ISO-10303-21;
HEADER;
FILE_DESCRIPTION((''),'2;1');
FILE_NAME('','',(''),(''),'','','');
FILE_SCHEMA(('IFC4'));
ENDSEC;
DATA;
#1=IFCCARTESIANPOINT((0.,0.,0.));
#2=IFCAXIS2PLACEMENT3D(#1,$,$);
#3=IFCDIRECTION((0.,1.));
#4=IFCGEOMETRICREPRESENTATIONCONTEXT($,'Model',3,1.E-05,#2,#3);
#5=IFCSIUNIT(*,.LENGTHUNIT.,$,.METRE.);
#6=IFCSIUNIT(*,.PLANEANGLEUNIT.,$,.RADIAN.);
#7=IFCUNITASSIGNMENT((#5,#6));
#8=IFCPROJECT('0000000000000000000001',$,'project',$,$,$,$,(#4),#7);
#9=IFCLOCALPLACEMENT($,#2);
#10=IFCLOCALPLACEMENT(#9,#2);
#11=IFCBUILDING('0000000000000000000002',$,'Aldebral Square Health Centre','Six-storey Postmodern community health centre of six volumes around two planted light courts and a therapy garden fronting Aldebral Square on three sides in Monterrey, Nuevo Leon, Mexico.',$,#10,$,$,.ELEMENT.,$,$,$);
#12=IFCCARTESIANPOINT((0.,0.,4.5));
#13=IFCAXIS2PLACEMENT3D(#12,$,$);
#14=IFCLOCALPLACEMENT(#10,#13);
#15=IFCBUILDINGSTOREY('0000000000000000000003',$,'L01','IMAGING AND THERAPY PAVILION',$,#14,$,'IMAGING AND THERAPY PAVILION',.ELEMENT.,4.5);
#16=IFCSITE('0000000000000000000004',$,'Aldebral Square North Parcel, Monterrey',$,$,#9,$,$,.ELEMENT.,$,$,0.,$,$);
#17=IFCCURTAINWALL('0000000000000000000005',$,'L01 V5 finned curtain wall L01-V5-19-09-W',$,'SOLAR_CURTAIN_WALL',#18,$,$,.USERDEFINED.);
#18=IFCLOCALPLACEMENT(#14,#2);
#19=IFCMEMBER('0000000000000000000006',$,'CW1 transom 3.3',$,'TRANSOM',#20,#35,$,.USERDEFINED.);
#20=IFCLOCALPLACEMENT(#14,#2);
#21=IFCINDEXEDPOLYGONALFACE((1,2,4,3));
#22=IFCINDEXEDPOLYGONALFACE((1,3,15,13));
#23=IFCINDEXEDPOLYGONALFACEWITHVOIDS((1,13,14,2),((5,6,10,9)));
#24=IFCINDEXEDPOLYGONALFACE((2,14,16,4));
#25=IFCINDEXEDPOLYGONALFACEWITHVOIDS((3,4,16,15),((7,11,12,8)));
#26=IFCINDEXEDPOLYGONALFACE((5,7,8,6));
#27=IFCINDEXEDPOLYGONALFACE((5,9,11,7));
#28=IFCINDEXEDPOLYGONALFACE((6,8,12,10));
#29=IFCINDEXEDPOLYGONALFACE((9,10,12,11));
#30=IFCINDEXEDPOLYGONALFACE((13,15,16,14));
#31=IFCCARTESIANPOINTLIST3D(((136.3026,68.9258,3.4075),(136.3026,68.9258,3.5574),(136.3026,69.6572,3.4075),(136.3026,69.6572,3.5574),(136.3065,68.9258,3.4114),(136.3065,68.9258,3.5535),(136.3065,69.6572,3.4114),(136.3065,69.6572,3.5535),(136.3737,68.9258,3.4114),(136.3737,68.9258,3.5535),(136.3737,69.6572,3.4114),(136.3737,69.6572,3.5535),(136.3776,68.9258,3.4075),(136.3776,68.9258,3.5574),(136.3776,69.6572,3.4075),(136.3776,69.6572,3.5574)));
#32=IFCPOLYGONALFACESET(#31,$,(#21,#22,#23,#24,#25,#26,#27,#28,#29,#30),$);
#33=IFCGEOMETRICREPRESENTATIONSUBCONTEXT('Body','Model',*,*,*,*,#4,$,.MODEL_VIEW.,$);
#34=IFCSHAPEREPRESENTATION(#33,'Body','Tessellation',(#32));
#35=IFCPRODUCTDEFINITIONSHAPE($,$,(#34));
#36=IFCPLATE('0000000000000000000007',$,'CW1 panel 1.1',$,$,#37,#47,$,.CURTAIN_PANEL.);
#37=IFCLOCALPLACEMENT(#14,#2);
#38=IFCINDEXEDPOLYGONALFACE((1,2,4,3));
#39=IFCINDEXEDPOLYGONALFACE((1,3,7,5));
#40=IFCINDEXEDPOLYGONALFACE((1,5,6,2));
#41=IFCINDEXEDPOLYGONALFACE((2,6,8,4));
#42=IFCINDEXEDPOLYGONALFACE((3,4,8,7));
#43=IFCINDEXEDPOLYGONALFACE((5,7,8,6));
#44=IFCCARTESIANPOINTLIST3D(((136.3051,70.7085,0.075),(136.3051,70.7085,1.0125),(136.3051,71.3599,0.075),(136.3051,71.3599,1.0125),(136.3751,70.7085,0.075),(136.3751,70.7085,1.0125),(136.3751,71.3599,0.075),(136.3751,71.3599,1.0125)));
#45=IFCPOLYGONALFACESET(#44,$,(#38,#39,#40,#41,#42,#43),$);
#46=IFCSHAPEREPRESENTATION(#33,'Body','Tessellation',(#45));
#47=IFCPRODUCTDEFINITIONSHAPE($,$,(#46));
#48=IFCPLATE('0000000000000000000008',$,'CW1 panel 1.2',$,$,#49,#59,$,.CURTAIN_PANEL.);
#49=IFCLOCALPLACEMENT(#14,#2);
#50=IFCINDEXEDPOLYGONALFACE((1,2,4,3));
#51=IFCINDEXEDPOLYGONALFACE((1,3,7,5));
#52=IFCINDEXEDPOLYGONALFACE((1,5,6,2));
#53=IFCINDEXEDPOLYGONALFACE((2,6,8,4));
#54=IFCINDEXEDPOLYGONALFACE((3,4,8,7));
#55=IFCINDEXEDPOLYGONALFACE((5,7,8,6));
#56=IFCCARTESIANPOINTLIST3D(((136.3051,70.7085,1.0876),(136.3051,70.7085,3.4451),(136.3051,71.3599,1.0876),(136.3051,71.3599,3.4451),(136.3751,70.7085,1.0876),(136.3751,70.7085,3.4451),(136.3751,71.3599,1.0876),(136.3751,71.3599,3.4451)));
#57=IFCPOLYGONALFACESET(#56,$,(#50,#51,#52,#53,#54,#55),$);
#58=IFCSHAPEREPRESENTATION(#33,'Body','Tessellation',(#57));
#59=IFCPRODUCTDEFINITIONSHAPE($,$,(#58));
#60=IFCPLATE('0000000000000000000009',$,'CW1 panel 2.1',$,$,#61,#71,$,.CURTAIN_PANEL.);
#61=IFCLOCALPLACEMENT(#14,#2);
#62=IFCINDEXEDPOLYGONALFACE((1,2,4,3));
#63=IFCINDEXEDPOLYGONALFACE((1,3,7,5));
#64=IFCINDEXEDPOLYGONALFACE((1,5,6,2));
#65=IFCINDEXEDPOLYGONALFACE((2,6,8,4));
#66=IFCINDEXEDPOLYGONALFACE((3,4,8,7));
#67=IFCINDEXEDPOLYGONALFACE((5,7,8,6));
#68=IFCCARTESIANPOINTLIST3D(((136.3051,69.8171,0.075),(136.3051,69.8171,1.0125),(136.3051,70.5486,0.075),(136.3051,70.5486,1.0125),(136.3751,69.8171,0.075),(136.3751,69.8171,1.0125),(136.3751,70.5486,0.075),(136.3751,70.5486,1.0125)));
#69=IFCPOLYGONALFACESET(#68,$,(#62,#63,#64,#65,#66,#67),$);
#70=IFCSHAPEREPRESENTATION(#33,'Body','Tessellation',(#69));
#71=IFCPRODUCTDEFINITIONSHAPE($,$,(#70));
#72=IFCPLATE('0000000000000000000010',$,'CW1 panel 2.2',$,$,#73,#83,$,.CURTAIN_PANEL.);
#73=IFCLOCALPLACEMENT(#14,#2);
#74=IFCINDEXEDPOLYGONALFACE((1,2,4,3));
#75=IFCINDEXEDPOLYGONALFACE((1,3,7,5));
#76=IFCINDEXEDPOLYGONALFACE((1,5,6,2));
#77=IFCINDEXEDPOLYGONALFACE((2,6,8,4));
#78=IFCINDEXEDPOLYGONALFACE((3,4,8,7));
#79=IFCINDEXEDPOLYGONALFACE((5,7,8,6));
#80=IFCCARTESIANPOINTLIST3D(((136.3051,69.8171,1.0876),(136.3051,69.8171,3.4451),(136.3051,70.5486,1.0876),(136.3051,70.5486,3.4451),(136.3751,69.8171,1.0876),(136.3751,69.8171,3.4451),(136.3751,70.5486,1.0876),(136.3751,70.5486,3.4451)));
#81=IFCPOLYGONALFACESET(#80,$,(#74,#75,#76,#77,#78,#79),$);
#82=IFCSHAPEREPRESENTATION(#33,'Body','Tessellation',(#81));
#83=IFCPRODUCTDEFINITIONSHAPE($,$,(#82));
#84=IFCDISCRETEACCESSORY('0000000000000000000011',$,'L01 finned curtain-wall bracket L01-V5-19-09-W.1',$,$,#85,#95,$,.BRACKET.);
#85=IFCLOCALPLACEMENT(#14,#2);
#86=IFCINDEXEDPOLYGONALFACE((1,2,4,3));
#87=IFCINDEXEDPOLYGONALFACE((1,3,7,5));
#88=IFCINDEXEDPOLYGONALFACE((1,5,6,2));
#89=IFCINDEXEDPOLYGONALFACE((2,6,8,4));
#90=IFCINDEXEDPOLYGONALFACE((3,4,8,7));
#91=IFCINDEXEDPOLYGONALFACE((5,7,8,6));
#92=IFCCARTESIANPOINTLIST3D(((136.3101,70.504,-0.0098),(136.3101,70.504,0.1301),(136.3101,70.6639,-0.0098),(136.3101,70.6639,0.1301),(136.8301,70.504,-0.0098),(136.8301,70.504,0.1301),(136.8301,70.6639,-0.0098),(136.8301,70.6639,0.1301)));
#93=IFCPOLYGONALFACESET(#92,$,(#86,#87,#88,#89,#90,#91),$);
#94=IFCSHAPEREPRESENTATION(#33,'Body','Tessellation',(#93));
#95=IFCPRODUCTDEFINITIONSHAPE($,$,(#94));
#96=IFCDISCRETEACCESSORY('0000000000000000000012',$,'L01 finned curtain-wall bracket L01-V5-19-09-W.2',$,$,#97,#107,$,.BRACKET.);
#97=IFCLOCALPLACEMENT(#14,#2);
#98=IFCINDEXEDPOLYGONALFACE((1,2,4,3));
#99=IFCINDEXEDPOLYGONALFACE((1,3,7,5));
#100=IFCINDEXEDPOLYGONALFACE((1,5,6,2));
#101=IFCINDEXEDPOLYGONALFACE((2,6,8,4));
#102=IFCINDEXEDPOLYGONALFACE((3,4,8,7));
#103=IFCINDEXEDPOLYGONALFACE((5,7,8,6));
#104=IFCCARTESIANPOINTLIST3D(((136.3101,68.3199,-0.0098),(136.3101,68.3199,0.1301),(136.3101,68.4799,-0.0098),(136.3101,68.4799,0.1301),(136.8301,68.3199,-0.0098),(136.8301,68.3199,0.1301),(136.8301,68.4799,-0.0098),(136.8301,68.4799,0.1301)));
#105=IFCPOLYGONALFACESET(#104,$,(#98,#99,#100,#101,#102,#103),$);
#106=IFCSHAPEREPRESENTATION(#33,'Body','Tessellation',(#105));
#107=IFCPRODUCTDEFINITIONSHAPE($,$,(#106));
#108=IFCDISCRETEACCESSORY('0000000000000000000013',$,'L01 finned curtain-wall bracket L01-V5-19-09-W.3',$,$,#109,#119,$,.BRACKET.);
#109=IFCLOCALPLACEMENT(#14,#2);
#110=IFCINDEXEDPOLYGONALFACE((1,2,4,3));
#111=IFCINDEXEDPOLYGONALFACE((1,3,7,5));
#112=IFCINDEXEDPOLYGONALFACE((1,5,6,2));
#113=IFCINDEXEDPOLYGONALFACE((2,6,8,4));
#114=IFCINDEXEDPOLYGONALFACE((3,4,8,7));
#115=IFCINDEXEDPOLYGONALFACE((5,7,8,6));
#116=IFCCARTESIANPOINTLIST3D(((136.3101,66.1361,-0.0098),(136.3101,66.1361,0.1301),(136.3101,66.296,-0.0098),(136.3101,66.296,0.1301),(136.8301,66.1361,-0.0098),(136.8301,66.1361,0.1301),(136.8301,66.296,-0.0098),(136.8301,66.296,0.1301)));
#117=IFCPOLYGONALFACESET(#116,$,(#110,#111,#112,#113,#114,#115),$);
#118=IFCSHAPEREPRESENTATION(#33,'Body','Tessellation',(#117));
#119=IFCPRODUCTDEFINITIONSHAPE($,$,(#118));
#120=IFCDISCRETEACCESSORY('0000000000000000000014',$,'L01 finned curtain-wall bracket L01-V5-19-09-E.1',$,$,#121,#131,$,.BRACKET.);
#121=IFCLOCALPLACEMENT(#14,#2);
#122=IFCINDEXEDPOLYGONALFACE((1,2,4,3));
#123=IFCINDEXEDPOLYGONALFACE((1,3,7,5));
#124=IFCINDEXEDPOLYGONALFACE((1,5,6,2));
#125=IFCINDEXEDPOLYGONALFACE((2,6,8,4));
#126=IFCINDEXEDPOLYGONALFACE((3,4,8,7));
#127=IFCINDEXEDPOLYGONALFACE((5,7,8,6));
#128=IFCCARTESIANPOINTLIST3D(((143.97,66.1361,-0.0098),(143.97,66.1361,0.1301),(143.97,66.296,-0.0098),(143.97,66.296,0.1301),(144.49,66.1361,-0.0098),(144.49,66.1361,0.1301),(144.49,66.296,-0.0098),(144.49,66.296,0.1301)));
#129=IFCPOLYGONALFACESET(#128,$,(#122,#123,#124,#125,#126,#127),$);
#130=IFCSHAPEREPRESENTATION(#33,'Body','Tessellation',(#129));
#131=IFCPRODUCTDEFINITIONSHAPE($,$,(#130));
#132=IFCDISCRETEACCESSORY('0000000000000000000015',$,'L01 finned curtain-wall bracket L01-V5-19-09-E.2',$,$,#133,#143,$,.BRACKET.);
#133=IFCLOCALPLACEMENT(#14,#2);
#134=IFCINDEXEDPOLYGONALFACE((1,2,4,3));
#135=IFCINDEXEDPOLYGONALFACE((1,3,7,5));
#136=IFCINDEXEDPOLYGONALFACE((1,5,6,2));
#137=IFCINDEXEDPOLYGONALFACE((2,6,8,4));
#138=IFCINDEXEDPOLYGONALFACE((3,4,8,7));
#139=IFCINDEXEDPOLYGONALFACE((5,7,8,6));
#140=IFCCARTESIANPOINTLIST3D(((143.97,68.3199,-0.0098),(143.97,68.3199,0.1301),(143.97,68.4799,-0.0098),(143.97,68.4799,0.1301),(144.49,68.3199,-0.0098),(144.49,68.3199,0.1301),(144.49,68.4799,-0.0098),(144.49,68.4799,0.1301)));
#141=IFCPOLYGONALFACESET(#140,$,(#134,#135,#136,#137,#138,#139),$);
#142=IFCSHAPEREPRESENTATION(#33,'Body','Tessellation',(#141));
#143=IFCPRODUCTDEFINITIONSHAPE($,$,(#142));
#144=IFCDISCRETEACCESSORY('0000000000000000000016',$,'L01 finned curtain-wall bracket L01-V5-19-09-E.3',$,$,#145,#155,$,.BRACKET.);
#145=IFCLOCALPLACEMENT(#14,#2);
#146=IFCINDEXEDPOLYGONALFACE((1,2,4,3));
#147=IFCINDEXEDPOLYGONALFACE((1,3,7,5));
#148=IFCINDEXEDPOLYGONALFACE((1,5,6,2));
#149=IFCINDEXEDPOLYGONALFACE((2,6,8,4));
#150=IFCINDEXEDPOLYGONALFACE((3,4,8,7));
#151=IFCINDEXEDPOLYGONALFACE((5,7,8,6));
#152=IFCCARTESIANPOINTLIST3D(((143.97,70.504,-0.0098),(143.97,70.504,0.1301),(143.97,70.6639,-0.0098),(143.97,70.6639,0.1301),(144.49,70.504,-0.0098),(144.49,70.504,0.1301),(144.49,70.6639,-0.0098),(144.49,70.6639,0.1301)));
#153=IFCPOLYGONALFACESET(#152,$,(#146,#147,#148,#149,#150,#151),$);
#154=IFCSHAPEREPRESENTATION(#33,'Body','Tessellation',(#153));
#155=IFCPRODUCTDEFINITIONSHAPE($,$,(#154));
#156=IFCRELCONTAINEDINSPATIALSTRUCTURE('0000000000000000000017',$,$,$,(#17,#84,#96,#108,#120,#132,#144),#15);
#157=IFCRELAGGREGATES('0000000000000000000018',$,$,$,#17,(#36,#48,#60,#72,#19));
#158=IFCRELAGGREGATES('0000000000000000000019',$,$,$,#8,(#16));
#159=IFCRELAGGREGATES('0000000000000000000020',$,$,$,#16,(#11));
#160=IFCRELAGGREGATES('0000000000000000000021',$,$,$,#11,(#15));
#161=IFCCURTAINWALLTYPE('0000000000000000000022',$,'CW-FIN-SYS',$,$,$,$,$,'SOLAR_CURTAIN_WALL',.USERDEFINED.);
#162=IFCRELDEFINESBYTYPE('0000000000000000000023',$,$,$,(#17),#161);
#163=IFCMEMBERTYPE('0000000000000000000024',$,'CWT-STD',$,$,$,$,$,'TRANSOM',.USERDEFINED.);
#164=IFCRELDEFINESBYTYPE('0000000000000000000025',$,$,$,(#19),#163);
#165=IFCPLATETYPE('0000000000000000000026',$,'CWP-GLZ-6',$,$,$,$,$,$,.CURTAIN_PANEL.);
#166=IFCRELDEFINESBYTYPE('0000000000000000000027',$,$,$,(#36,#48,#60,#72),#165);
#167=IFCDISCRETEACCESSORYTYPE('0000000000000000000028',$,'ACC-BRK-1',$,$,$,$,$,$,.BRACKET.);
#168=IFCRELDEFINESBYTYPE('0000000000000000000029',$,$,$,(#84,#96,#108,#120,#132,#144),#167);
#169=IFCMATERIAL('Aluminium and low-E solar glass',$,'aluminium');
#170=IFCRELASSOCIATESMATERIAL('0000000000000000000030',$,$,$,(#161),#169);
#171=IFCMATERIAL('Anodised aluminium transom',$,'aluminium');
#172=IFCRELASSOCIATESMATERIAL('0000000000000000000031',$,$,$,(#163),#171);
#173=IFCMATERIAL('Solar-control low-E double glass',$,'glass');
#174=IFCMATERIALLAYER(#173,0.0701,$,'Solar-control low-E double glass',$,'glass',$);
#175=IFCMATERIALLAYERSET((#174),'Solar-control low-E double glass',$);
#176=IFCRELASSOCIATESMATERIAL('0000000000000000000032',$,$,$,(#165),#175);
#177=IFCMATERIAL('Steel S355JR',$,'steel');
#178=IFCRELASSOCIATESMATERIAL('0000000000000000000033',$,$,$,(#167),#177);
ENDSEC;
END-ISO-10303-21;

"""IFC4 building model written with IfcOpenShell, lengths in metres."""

from ifc_helpers import new_model, si_unit, direction, frame, origin, origin_2d, place, context, subcontext, project, spatial, rectangle, hollow_rectangle, extrude, material, layer, layer_set, material_profile, profile_set, type_object, element, aggregate, save


model = new_model("IFC4")

# Units and contexts
model_context = context("Model", 3, precision=1e-05, world=origin(), true_north=direction((0.0, 1.0)))
body_context = subcontext(model_context, "Body", "Model", "MODEL_VIEW")
ifc_project = project(units=[si_unit("LENGTHUNIT", "METRE"), si_unit("PLANEANGLEUNIT", "RADIAN")], contexts=[model_context])

# Site, building, storey
site_placement = place(None, origin())
site = spatial("IfcSite", under=ifc_project, at=site_placement, Name="Aldebral Square North Parcel, Monterrey", CompositionType="ELEMENT", RefElevation=0.0)
building_placement = place(site_placement, origin())
building = spatial("IfcBuilding", under=site, at=building_placement, Name="Aldebral Square Health Centre", Description="Six-storey Postmodern community health centre of six volumes around two planted light courts and a therapy garden fronting Aldebral Square on three sides in Monterrey, Nuevo Leon, Mexico.", CompositionType="ELEMENT")
storey_placement = place(building_placement, frame((0.0, 0.0, 4.5)))
storey = spatial("IfcBuildingStorey", under=building, at=storey_placement, Name="L01", Description="IMAGING AND THERAPY PAVILION", LongName="IMAGING AND THERAPY PAVILION", CompositionType="ELEMENT", Elevation=4.5)

# Curtain wall, member, plates
ifc_material_1 = material(Name="Aluminium and low-E solar glass", Category="aluminium")
curtain_wall_type = type_object("IfcCurtainWallType", Name="CW-FIN-SYS", ElementType="SOLAR_CURTAIN_WALL", PredefinedType="USERDEFINED", material=ifc_material_1)
curtain_wall_placement = place(storey_placement, origin())
curtain_wall = element("IfcCurtainWall", 1, at=curtain_wall_placement, inside=storey, type_object=curtain_wall_type, Name="L01 V5 finned curtain wall L01-V5-19-09-W", ObjectType="SOLAR_CURTAIN_WALL", PredefinedType="USERDEFINED")
ifc_material_2 = material(Name="Anodised aluminium transom", Category="aluminium")
ifc_material_profile_1 = material_profile(ifc_material_2, hollow_rectangle(XDim=0.075, YDim=0.1499, WallThickness=0.0039, at=origin_2d()), Name="CWT 75x150x4")
ifc_profile_set_1 = profile_set([ifc_material_profile_1], Name="Anodised aluminium transom")
member_type_1 = type_object("IfcMemberType", Name="CWT-STD", ElementType="TRANSOM", PredefinedType="USERDEFINED", material=ifc_profile_set_1)
member_1_placement = place(storey_placement, frame((136.3401, 69.6572, 3.4824), z_axis=(0.0, -1.0, 0.0), x_axis=(1.0, 0.0, 0.0)))
member_1 = element("IfcMember", 2, at=member_1_placement, type_object=member_type_1, Name="CW1 transom 3.3", ObjectType="TRANSOM", PredefinedType="USERDEFINED", context=body_context, shape_type="SweptSolid", body=[
    extrude(hollow_rectangle(XDim=0.075, YDim=0.1499, WallThickness=0.0039, at=origin_2d()), origin(), (0.0, 0.0, 1.0), 0.7314),
])
ifc_material_3 = material(Name="Solar-control low-E double glass", Category="glass")
ifc_layer = layer(ifc_material_3, 0.0701, Name="Solar-control low-E double glass", Category="glass")
ifc_layer_set = layer_set([ifc_layer], Name="Solar-control low-E double glass")
plate_type = type_object("IfcPlateType", Name="CWP-GLZ-6", PredefinedType="CURTAIN_PANEL", material=ifc_layer_set)
plate_1_placement = place(storey_placement, frame((136.3401, 71.0342, 0.075), z_axis=(0.0, 0.0, 1.0), x_axis=(0.0, -1.0, 0.0)))
plate_1 = element("IfcPlate", 3, at=plate_1_placement, type_object=plate_type, Name="CW1 panel 1.1", PredefinedType="CURTAIN_PANEL", context=body_context, shape_type="SweptSolid", body=[
    extrude(rectangle(XDim=0.6514, YDim=0.0701, at=origin_2d()), origin(), (0.0, 0.0, 1.0), 0.9375),
])
plate_2_placement = place(storey_placement, frame((136.3401, 71.0342, 1.0876), z_axis=(0.0, 0.0, 1.0), x_axis=(0.0, -1.0, 0.0)))
plate_2 = element("IfcPlate", 4, at=plate_2_placement, type_object=plate_type, Name="CW1 panel 1.2", PredefinedType="CURTAIN_PANEL", context=body_context, shape_type="SweptSolid", body=[
    extrude(rectangle(XDim=0.6514, YDim=0.0701, at=origin_2d()), origin(), (0.0, 0.0, 1.0), 2.3574),
])
plate_3_placement = place(storey_placement, frame((136.3401, 70.1829, 0.075), z_axis=(0.0, 0.0, 1.0), x_axis=(0.0, -1.0, 0.0)))
plate_3 = element("IfcPlate", 5, at=plate_3_placement, type_object=plate_type, Name="CW1 panel 2.1", PredefinedType="CURTAIN_PANEL", context=body_context, shape_type="SweptSolid", body=[
    extrude(rectangle(XDim=0.7314, YDim=0.0701, at=origin_2d()), origin(), (0.0, 0.0, 1.0), 0.9375),
])
plate_4_placement = place(storey_placement, frame((136.3401, 70.1829, 1.0876), z_axis=(0.0, 0.0, 1.0), x_axis=(0.0, -1.0, 0.0)))
plate_4 = element("IfcPlate", 6, at=plate_4_placement, type_object=plate_type, Name="CW1 panel 2.2", PredefinedType="CURTAIN_PANEL", context=body_context, shape_type="SweptSolid", body=[
    extrude(rectangle(XDim=0.7314, YDim=0.0701, at=origin_2d()), origin(), (0.0, 0.0, 1.0), 2.3574),
])
aggregate(curtain_wall, [plate_1, plate_2, plate_3, plate_4, member_1])

# Discrete accessories
ifc_material_4 = material(Name="Steel S355JR", Category="steel")
discrete_accessory_type = type_object("IfcDiscreteAccessoryType", Name="ACC-BRK-1", PredefinedType="BRACKET", material=ifc_material_4)
for number, where, z_axis, x_axis, name in (
    (7, (136.5701, 70.584, -0.0098), (0.0, 0.0, 1.0), (0.0, 1.0, 0.0), "L01 finned curtain-wall bracket L01-V5-19-09-W.1"),
    (8, (136.5701, 68.3999, -0.0098), (0.0, 0.0, 1.0), (0.0, 1.0, 0.0), "L01 finned curtain-wall bracket L01-V5-19-09-W.2"),
    (9, (136.5701, 66.2161, -0.0098), (0.0, 0.0, 1.0), (0.0, 1.0, 0.0), "L01 finned curtain-wall bracket L01-V5-19-09-W.3"),
    (10, (144.23, 66.2161, -0.0098), (0.0, 0.0, 1.0), (0.0, 1.0, 0.0), "L01 finned curtain-wall bracket L01-V5-19-09-E.1"),
    (11, (144.23, 68.3999, -0.0098), (0.0, 0.0, 1.0), (0.0, 1.0, 0.0), "L01 finned curtain-wall bracket L01-V5-19-09-E.2"),
    (12, (144.23, 70.584, -0.0098), (0.0, 0.0, 1.0), (0.0, 1.0, 0.0), "L01 finned curtain-wall bracket L01-V5-19-09-E.3"),
):
    element("IfcDiscreteAccessory", number, at=place(storey_placement, frame(where, z_axis=z_axis, x_axis=x_axis)), inside=storey, type_object=discrete_accessory_type, Name=name, PredefinedType="BRACKET", context=body_context, shape_type="SweptSolid", body=[
        extrude(rectangle(XDim=0.1599, YDim=0.52, at=origin_2d()), origin(), (0.0, 0.0, 1.0), 0.1399),
    ])

save(model, "model.ifc")
